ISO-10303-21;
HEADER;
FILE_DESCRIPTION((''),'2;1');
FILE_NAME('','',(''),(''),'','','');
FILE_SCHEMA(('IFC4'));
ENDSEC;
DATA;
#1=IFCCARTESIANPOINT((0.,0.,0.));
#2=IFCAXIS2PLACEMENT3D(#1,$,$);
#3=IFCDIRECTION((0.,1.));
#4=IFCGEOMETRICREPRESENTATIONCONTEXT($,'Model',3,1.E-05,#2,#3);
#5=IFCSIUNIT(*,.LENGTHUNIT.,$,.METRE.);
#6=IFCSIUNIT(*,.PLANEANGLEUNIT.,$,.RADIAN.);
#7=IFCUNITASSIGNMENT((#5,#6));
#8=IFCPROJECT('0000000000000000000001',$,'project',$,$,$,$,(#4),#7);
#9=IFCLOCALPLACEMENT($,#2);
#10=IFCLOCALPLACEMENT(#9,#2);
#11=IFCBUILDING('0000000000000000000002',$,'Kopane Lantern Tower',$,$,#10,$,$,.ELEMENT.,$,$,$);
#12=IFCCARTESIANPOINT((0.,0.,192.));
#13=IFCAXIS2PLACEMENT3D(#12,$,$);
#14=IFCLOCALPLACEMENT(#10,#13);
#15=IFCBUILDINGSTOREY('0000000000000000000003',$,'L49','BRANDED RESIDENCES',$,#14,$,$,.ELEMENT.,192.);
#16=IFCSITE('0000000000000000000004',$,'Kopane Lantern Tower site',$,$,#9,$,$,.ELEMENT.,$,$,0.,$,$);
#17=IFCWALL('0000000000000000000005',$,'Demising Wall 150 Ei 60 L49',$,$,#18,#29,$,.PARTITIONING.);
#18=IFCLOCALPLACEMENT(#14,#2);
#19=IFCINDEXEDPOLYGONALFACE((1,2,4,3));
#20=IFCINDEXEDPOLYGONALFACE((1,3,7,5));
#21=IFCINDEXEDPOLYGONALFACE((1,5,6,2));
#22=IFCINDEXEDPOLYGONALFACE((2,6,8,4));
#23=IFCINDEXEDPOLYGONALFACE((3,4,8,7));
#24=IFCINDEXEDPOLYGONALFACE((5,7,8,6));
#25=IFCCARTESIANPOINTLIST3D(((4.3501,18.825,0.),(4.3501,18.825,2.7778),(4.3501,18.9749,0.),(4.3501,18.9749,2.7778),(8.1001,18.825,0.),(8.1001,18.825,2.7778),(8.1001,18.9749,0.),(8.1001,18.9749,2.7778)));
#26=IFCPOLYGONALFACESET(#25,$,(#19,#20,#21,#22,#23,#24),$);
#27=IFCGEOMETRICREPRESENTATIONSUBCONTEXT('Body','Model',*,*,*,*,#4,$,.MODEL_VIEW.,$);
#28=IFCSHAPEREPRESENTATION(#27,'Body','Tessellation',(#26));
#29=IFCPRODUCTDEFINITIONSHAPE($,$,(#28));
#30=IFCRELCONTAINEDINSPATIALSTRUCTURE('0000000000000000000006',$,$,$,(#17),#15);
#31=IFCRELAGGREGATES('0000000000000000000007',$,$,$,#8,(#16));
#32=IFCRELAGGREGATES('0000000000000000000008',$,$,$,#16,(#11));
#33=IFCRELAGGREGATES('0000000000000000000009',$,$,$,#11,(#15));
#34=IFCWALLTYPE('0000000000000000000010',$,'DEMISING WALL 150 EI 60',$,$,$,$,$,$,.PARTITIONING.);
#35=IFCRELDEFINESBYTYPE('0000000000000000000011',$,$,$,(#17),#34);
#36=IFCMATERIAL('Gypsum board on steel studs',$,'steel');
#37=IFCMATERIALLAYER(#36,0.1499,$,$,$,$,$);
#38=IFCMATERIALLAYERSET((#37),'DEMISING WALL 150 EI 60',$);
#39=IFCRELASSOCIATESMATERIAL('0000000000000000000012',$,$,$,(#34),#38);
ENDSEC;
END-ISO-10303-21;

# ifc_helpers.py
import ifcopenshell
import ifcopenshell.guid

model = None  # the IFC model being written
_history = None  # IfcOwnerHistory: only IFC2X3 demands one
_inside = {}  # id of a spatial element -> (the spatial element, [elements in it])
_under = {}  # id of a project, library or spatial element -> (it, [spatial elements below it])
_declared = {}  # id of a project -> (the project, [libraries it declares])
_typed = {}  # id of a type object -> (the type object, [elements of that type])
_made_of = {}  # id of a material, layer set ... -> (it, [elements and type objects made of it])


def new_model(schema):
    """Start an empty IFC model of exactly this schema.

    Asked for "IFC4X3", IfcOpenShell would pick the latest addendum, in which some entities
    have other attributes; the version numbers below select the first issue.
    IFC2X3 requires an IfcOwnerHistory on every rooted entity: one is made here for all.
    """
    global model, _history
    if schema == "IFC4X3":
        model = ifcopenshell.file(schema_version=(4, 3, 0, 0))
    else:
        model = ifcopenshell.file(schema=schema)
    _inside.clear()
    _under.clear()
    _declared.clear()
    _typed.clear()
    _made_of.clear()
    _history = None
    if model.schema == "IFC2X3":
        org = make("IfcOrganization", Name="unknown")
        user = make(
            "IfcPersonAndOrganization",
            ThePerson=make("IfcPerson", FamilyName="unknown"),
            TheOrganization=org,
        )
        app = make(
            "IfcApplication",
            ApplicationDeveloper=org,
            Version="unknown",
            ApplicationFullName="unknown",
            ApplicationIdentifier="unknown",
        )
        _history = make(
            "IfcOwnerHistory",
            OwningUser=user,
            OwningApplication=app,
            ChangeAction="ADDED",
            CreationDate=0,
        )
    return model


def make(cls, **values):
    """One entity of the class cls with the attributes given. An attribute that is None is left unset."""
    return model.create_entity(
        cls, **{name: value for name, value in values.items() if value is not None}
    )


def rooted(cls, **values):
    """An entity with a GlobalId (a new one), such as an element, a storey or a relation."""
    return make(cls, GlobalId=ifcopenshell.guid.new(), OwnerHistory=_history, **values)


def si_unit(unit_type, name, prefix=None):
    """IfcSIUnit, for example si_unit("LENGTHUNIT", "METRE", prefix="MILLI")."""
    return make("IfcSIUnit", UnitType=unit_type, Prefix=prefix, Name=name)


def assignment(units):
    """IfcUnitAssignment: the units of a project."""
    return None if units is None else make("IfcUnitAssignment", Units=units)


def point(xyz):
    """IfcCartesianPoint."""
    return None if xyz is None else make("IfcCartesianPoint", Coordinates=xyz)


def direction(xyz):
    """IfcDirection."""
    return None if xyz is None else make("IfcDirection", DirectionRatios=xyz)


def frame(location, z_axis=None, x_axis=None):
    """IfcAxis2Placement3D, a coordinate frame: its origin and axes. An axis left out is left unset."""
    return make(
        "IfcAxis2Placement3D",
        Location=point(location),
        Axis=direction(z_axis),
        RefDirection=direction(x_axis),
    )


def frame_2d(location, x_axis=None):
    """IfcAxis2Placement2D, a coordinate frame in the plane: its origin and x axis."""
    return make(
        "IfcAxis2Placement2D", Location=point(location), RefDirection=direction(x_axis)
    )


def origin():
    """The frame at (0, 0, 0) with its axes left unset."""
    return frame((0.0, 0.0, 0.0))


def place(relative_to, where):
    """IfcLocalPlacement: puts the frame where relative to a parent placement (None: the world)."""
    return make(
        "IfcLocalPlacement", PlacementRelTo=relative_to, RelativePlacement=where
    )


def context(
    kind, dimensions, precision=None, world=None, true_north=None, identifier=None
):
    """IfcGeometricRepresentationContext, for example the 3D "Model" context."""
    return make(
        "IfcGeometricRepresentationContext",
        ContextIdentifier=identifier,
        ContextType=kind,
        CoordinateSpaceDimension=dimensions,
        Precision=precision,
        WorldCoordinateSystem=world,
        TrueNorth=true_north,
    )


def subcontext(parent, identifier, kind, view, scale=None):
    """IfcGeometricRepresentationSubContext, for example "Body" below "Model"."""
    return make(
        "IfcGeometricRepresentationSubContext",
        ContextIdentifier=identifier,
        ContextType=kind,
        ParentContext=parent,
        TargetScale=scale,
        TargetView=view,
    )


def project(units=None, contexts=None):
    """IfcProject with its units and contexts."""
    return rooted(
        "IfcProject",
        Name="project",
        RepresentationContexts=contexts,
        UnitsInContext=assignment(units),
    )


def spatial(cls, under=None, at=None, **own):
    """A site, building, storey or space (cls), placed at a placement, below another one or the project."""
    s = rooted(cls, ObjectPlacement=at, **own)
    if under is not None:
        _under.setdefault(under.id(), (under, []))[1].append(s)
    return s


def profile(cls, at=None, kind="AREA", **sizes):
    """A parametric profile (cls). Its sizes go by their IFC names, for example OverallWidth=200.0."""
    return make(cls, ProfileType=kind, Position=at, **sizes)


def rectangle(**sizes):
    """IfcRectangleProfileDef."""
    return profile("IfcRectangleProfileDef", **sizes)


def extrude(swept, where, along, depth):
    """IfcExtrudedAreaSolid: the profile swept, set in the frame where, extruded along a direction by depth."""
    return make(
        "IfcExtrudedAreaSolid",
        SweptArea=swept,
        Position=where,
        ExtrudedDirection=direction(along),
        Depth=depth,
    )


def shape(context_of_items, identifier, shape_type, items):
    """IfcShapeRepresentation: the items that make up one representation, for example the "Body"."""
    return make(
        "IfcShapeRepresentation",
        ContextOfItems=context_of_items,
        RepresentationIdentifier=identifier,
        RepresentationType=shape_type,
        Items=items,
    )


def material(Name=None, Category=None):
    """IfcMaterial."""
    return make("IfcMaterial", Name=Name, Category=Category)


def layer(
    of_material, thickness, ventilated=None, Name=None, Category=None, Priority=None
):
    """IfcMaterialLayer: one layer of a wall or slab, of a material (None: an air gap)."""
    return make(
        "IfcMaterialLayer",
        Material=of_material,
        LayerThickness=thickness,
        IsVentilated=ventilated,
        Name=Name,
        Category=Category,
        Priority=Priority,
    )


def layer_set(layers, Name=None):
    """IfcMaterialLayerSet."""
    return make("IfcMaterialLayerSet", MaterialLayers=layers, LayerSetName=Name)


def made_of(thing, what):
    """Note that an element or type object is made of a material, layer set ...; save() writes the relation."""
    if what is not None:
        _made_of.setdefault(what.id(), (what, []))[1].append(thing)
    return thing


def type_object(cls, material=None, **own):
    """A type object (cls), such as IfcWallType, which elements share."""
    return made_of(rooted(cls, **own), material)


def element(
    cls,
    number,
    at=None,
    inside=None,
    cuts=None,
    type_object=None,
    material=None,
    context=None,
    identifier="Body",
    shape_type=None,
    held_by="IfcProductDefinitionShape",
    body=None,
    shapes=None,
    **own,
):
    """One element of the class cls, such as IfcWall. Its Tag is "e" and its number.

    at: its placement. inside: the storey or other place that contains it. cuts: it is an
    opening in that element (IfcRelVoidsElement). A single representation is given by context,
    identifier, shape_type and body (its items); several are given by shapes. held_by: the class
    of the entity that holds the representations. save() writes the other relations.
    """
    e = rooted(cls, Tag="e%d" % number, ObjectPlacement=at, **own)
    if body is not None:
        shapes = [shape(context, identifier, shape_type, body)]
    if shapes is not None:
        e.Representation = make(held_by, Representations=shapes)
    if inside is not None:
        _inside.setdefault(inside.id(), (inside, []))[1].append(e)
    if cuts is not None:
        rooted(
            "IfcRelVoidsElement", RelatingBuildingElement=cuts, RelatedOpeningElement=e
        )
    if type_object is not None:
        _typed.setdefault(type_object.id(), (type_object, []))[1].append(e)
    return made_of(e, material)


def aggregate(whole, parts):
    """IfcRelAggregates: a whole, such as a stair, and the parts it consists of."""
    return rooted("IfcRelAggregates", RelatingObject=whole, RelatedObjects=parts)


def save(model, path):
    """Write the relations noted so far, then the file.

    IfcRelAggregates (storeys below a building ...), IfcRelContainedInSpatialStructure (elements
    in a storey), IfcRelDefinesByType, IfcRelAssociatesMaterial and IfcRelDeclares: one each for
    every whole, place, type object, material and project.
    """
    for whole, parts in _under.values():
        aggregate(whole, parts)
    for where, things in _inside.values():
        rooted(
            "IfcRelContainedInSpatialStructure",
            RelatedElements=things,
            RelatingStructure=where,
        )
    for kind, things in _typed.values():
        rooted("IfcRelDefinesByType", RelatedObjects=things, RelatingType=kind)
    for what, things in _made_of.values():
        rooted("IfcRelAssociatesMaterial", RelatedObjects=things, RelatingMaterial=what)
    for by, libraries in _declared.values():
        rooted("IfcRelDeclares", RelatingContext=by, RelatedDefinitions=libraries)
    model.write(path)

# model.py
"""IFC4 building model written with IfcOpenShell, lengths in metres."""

from ifc_helpers import new_model, si_unit, direction, frame, frame_2d, origin, place, context, subcontext, project, spatial, rectangle, extrude, material, layer, layer_set, type_object, element, save


model = new_model("IFC4")

# Units and contexts
model_context = context("Model", 3, precision=1e-05, world=origin(), true_north=direction((0.0, 1.0)))
body_context = subcontext(model_context, "Body", "Model", "MODEL_VIEW")
ifc_project = project(units=[si_unit("LENGTHUNIT", "METRE"), si_unit("PLANEANGLEUNIT", "RADIAN")], contexts=[model_context])

# Site, building, storey
site_placement = place(None, origin())
site = spatial("IfcSite", under=ifc_project, at=site_placement, Name="Kopane Lantern Tower site", CompositionType="ELEMENT", RefElevation=0.0)
building_placement = place(site_placement, origin())
building = spatial("IfcBuilding", under=site, at=building_placement, Name="Kopane Lantern Tower", CompositionType="ELEMENT")
storey_placement = place(building_placement, frame((0.0, 0.0, 192.0)))
storey = spatial("IfcBuildingStorey", under=building, at=storey_placement, Name="L49", Description="BRANDED RESIDENCES", CompositionType="ELEMENT", Elevation=192.0)

# Wall
ifc_material_1 = material(Name="Gypsum board on steel studs", Category="steel")
ifc_layer_1 = layer(ifc_material_1, 0.1499)
ifc_layer_set_1 = layer_set([ifc_layer_1], Name="DEMISING WALL 150 EI 60")
wall_type_1 = type_object("IfcWallType", Name="DEMISING WALL 150 EI 60", PredefinedType="PARTITIONING", material=ifc_layer_set_1)
wall_1_placement = place(storey_placement, frame((4.3501, 18.8999, 0.0), z_axis=(0.0, 0.0, 1.0), x_axis=(1.0, 0.0, 0.0)))
element("IfcWall", 1, at=wall_1_placement, inside=storey, type_object=wall_type_1, Name="Demising Wall 150 Ei 60 L49", PredefinedType="PARTITIONING", context=body_context, shape_type="SweptSolid", body=[
    extrude(rectangle(XDim=3.75, YDim=0.1499, at=frame_2d((1.875, 0.0))), origin(), (0.0, 0.0, 1.0), 2.7778),
])

save(model, "model.ifc")
